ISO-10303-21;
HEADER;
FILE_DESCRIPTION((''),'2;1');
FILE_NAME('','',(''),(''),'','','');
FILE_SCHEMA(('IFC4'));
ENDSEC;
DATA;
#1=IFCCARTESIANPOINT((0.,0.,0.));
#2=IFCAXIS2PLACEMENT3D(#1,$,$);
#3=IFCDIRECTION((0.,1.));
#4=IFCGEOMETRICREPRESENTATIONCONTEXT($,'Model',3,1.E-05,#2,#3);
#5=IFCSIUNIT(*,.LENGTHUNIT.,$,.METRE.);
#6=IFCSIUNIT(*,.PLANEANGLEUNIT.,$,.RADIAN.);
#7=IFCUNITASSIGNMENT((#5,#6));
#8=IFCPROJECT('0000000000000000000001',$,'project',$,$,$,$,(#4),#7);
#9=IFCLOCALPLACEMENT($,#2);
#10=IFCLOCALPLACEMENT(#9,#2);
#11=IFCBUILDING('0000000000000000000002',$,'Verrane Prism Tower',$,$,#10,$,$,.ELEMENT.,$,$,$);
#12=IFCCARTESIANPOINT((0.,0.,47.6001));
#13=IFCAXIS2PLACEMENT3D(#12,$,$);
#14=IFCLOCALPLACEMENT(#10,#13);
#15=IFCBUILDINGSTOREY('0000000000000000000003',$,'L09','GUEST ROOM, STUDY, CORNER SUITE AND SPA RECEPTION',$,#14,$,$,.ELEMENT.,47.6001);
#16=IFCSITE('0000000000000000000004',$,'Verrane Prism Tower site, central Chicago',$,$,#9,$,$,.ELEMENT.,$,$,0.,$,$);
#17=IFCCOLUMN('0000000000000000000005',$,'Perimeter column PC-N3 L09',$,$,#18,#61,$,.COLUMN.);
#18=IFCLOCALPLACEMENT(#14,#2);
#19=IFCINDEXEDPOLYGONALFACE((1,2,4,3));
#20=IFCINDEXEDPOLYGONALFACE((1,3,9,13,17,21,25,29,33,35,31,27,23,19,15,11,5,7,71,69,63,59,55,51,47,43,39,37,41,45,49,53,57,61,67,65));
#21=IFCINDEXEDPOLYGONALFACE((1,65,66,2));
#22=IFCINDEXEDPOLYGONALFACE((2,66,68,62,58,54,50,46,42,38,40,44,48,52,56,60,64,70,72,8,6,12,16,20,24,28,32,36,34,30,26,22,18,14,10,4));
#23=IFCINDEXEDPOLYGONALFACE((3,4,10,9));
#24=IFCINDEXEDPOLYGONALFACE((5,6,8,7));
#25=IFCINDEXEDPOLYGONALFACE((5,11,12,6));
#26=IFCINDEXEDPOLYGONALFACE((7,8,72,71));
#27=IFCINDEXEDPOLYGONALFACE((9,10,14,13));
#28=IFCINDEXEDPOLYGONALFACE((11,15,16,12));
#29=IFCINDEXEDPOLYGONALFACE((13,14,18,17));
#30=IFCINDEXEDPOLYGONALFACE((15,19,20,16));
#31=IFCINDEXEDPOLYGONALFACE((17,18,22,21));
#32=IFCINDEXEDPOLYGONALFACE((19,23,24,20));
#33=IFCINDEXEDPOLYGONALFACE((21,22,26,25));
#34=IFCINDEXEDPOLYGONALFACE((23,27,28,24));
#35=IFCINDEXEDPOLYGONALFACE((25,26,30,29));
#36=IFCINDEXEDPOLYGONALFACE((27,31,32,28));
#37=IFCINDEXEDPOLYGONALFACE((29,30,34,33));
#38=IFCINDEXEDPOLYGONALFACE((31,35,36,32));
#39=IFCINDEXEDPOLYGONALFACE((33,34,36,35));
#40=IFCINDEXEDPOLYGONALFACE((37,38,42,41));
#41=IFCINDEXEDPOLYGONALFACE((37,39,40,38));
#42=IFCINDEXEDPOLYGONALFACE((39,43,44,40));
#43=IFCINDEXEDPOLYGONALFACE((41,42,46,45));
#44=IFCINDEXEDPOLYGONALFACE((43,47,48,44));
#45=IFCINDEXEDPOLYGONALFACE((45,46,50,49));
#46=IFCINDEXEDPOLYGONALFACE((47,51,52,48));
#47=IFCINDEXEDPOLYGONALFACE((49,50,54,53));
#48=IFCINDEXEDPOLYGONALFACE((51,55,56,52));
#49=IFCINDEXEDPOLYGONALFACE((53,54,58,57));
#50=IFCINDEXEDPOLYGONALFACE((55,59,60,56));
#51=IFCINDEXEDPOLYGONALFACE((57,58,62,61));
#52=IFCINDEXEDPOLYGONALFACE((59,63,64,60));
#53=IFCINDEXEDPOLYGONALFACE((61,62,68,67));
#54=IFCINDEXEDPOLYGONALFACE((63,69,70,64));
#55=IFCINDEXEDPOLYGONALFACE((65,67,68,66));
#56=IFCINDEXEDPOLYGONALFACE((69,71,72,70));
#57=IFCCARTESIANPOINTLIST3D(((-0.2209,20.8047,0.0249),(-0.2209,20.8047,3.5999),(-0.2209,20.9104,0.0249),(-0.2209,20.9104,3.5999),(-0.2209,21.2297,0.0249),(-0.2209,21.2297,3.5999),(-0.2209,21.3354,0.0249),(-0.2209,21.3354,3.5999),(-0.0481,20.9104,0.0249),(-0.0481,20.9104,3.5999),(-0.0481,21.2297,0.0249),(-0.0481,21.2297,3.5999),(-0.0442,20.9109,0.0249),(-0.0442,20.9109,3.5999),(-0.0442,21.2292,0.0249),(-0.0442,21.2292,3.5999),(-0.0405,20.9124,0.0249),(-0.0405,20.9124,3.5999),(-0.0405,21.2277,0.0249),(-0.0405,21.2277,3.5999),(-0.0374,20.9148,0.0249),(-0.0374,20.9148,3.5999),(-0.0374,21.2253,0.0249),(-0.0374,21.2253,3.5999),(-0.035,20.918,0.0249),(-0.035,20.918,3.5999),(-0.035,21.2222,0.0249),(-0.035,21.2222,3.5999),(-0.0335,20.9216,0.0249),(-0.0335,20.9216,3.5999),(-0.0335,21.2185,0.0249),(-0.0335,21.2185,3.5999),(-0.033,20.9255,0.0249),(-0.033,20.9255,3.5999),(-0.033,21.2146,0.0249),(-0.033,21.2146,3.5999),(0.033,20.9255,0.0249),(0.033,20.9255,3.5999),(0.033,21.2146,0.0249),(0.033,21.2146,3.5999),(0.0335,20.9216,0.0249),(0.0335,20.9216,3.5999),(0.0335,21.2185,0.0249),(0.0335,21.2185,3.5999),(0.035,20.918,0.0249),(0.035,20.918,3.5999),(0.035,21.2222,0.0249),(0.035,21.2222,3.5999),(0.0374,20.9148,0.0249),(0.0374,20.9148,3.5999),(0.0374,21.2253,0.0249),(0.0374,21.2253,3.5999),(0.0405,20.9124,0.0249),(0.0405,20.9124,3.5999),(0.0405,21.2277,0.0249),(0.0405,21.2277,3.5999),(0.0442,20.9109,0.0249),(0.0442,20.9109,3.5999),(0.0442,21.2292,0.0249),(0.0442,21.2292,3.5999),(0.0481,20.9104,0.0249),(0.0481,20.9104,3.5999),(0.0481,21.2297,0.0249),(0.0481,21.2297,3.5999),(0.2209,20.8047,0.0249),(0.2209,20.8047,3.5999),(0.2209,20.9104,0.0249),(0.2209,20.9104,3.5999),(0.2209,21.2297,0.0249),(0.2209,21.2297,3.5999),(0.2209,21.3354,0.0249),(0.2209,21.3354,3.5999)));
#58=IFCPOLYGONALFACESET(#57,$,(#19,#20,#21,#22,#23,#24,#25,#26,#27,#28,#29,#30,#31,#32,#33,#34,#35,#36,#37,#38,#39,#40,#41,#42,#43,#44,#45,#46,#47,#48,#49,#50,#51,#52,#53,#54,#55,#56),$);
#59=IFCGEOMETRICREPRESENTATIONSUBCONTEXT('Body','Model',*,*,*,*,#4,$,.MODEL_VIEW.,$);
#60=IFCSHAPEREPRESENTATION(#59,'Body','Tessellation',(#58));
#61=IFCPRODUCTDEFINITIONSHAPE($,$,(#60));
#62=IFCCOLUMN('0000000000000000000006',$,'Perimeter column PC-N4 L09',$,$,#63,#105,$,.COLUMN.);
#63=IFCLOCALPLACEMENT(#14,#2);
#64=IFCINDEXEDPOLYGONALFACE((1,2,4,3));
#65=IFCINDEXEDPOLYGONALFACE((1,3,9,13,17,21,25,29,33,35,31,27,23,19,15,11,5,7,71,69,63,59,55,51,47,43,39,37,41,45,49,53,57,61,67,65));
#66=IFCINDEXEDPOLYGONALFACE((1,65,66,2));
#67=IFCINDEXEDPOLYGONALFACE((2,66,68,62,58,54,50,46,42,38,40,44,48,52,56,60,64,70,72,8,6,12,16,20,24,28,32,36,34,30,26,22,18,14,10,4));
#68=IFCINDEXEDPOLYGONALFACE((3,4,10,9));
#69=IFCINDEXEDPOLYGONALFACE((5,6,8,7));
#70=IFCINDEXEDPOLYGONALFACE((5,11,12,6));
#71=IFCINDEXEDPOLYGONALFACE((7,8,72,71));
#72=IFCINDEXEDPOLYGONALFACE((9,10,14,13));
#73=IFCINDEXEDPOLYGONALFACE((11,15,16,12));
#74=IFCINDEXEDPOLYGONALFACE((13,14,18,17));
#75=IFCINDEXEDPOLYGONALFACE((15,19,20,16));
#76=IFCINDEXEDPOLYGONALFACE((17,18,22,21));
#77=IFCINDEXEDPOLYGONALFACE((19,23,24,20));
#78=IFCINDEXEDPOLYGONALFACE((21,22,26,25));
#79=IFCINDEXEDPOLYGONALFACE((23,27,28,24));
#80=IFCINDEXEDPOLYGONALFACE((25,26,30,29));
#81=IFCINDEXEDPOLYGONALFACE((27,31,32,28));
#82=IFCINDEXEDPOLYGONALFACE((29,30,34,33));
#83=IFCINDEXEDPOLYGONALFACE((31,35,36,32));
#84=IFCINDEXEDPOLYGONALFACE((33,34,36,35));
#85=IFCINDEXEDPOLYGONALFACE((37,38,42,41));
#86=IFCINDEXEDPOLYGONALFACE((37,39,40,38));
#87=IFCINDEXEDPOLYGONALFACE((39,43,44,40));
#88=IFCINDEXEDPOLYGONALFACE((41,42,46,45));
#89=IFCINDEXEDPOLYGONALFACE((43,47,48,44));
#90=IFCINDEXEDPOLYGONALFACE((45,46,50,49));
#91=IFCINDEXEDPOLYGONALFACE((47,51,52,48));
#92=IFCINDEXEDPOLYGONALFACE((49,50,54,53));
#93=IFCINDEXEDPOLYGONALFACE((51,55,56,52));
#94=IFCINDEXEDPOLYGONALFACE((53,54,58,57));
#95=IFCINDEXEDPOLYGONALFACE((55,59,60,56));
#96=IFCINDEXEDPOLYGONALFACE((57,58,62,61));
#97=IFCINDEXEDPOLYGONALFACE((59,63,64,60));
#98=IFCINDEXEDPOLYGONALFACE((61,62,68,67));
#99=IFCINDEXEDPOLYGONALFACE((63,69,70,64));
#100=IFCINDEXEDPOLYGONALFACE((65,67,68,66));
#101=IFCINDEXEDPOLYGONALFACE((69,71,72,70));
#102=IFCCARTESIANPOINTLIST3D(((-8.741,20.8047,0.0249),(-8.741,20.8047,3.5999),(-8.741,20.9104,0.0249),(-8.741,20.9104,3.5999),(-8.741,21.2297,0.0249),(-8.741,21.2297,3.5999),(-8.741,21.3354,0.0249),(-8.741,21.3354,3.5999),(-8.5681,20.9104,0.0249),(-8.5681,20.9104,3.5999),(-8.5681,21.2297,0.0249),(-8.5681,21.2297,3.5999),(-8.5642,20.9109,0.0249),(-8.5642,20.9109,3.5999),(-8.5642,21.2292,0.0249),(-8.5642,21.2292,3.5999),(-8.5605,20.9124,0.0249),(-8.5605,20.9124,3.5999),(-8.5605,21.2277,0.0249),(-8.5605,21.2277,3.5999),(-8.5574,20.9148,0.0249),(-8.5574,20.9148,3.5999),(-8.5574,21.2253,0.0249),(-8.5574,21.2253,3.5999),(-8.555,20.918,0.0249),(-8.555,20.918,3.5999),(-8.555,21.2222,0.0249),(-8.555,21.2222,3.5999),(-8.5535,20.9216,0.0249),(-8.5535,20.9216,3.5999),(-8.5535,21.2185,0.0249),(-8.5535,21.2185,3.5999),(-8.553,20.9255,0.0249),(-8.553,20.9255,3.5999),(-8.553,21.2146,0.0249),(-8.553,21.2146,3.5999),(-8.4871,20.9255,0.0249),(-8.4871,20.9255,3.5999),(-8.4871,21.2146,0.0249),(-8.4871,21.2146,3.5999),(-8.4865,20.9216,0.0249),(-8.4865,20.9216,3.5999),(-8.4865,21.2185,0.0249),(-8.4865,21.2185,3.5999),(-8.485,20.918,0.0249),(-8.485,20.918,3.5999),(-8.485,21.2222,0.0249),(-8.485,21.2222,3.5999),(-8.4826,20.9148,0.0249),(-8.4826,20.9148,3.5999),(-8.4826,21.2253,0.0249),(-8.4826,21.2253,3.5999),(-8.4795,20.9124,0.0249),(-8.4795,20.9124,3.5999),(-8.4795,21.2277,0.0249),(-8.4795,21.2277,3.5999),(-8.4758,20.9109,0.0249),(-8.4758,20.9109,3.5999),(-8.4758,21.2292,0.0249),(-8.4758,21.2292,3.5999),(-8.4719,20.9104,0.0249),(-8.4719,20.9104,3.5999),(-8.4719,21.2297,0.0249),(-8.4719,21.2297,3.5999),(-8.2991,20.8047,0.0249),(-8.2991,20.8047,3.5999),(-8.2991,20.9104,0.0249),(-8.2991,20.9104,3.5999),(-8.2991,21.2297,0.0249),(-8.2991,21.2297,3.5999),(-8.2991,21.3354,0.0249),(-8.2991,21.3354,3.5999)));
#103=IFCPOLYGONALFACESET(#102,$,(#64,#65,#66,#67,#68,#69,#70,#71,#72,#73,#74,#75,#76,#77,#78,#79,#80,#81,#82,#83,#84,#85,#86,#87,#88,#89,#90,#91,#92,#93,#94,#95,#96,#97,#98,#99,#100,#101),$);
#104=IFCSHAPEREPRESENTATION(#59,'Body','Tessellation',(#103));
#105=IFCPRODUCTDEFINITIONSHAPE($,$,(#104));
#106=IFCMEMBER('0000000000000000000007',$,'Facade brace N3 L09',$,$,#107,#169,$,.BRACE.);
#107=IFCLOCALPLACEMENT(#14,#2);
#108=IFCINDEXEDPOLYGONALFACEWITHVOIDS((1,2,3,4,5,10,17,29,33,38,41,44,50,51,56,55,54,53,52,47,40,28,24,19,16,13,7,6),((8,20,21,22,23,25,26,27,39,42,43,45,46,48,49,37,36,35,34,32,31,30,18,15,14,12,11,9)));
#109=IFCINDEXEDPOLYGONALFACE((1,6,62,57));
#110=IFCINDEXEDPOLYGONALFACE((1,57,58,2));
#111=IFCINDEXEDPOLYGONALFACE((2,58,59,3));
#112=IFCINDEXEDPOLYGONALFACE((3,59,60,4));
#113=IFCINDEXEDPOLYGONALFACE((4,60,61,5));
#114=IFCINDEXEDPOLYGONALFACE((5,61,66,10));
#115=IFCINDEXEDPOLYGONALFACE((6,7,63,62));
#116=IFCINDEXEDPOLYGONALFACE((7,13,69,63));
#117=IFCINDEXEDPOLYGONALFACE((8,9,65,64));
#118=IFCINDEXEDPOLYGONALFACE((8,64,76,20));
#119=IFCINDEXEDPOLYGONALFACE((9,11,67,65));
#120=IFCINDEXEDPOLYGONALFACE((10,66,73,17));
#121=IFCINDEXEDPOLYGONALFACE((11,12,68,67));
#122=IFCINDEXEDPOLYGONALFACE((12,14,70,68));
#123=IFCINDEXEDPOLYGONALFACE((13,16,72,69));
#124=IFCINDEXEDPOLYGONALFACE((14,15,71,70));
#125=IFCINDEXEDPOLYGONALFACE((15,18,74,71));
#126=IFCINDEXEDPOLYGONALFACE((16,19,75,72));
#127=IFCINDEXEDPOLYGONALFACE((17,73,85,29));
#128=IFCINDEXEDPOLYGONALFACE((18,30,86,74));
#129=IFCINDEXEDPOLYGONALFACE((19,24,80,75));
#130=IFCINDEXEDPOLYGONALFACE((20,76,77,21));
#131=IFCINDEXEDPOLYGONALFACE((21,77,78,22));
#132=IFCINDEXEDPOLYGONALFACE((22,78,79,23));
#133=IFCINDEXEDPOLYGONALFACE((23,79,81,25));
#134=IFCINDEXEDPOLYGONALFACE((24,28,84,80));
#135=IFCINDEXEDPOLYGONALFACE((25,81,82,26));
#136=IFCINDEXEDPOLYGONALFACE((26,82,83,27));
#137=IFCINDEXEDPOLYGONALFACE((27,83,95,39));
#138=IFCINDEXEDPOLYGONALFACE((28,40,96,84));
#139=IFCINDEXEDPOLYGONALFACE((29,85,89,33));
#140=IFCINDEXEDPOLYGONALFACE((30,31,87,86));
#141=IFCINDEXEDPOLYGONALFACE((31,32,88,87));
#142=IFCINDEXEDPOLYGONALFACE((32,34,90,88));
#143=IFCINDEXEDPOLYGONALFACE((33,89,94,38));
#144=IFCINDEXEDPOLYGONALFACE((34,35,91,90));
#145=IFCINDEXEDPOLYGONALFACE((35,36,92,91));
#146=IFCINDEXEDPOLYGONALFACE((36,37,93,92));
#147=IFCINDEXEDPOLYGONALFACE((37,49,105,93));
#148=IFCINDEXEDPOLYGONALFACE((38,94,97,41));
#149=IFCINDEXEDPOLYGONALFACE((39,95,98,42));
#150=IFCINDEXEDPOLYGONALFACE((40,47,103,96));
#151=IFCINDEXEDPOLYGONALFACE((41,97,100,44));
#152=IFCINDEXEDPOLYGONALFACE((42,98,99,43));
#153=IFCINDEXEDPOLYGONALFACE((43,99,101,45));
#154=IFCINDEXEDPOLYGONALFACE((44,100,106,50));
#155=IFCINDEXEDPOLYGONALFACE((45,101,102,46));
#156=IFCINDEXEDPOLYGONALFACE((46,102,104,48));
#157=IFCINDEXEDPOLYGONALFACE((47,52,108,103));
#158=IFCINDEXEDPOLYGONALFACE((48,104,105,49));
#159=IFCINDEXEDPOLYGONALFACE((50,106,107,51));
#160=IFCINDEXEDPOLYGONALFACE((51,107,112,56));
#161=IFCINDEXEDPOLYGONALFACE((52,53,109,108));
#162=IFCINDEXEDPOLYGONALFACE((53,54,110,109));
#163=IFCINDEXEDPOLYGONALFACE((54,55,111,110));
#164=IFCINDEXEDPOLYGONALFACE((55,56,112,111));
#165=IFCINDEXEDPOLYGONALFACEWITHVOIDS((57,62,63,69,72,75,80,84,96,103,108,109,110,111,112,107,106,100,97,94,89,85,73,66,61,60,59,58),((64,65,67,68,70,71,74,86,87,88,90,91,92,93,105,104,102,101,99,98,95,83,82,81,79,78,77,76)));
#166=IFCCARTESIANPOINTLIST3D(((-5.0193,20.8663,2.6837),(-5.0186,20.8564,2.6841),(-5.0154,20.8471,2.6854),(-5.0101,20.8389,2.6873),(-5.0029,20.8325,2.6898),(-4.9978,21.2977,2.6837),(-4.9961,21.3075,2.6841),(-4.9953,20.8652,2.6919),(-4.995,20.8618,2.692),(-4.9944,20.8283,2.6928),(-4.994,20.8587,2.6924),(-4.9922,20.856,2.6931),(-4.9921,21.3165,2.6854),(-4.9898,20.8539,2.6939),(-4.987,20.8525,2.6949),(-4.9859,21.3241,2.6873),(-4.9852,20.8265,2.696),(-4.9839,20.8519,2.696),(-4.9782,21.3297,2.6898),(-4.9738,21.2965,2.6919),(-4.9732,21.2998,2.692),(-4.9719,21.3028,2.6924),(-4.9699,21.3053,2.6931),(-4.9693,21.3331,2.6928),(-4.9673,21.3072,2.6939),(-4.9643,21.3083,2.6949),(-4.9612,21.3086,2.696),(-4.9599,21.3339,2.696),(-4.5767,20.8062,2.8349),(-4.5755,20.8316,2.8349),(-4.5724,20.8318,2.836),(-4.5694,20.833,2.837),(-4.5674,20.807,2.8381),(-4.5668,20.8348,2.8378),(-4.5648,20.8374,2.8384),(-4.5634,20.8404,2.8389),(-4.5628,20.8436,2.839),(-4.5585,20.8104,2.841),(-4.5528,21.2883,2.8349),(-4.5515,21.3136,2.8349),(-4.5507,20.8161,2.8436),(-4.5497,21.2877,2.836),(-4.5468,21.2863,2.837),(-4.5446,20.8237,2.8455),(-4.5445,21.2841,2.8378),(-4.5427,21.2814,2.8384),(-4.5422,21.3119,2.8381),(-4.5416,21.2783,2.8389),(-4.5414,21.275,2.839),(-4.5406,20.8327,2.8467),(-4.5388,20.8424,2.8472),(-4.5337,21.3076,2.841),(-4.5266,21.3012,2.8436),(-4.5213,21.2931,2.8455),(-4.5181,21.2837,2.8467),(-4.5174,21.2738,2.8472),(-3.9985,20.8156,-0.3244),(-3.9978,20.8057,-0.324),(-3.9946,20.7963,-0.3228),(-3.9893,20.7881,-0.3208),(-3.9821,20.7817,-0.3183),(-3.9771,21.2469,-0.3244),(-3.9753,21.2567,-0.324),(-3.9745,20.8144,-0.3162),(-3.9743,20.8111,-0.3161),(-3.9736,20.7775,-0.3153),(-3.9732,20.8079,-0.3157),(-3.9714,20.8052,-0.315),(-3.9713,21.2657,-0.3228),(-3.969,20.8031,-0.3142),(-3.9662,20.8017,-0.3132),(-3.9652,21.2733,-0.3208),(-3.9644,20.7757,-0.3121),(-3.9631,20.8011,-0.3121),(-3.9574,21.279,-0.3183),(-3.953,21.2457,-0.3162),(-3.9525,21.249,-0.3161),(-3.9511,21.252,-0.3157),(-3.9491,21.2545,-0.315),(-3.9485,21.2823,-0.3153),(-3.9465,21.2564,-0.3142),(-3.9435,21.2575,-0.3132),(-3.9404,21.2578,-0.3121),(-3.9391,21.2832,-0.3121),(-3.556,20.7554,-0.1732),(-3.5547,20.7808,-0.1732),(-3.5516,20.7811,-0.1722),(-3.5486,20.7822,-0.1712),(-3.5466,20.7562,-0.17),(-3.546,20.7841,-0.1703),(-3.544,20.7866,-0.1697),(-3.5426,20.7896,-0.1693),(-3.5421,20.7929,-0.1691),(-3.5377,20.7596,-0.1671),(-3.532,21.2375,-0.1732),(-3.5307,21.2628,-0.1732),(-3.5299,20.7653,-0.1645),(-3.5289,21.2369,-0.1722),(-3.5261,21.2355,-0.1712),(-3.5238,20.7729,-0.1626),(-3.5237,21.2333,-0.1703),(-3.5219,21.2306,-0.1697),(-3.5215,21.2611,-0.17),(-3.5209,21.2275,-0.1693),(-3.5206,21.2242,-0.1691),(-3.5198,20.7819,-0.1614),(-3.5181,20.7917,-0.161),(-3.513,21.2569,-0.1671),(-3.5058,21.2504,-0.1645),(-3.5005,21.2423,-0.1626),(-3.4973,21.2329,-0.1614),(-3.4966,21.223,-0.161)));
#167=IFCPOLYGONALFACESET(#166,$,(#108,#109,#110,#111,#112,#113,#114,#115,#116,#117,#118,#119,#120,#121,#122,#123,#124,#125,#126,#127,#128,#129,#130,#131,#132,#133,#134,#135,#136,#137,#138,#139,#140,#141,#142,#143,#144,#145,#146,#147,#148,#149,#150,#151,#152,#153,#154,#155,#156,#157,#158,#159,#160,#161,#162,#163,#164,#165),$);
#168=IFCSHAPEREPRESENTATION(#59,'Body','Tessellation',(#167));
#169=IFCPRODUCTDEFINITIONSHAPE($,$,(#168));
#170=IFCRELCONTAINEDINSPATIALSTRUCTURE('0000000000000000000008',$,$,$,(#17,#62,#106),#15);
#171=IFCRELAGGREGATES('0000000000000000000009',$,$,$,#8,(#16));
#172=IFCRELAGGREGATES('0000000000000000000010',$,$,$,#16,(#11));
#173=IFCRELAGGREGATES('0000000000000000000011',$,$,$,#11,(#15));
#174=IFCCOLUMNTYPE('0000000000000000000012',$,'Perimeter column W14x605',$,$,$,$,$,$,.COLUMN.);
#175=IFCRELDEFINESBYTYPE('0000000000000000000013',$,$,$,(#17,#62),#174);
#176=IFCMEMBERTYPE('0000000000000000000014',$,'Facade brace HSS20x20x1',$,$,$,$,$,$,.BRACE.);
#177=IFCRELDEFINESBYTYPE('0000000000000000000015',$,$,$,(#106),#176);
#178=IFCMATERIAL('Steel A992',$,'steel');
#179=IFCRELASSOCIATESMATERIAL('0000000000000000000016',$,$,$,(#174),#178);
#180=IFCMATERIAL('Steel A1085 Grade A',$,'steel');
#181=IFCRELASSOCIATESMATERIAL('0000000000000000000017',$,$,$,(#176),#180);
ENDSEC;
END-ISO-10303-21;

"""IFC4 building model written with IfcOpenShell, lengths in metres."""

from ifc_helpers import new_model, si_unit, direction, frame, origin, origin_2d, place, context, subcontext, project, spatial, hollow_rectangle, i_section, extrude, material, material_profile, profile_set, type_object, element, save


model = new_model("IFC4")

# Units and contexts
model_context = context("Model", 3, precision=1e-05, world=origin(), true_north=direction((0.0, 1.0)))
body_context = subcontext(model_context, "Body", "Model", "MODEL_VIEW")
ifc_project = project(units=[si_unit("LENGTHUNIT", "METRE"), si_unit("PLANEANGLEUNIT", "RADIAN")], contexts=[model_context])

# Site, building, storey
site_placement = place(None, origin())
site = spatial("IfcSite", under=ifc_project, at=site_placement, Name="Verrane Prism Tower site, central Chicago", CompositionType="ELEMENT", RefElevation=0.0)
building_placement = place(site_placement, origin())
building = spatial("IfcBuilding", under=site, at=building_placement, Name="Verrane Prism Tower", CompositionType="ELEMENT")
storey_placement = place(building_placement, frame((0.0, 0.0, 47.6001)))
storey = spatial("IfcBuildingStorey", under=building, at=storey_placement, Name="L09", Description="GUEST ROOM, STUDY, CORNER SUITE AND SPA RECEPTION", CompositionType="ELEMENT", Elevation=47.6001)

# Columns
ifc_material_1 = material(Name="Steel A992", Category="steel")
ifc_material_profile_1 = material_profile(ifc_material_1, i_section(OverallWidth=0.4419, OverallDepth=0.5308, WebThickness=0.0659, FlangeThickness=0.1057, FilletRadius=0.0151, at=origin_2d()), Name="W14x605")
ifc_profile_set_1 = profile_set([ifc_material_profile_1], Name="Steel A992")
column_type = type_object("IfcColumnType", Name="Perimeter column W14x605", PredefinedType="COLUMN", material=ifc_profile_set_1)
for number, where, z_axis, x_axis, name in (
    (1, (0.0, 21.0701, 0.0249), (0.0, 0.0, 1.0), (1.0, 0.0, 0.0), "Perimeter column PC-N3 L09"),
    (2, (-8.52, 21.0701, 0.0249), (0.0, 0.0, 1.0), (1.0, 0.0, 0.0), "Perimeter column PC-N4 L09"),
):
    element("IfcColumn", number, at=place(storey_placement, frame(where, z_axis=z_axis, x_axis=x_axis)), inside=storey, type_object=column_type, Name=name, PredefinedType="COLUMN", context=body_context, shape_type="SweptSolid", body=[
        extrude(i_section(OverallWidth=0.4419, OverallDepth=0.5308, WebThickness=0.0659, FlangeThickness=0.1057, FilletRadius=0.0151, at=origin_2d()), origin(), (0.0, 0.0, 1.0), 3.575),
    ])

# Member
ifc_material_2 = material(Name="Steel A1085 Grade A", Category="steel")
ifc_material_profile_2 = material_profile(ifc_material_2, hollow_rectangle(XDim=0.5081, YDim=0.5081, WallThickness=0.0254, InnerFilletRadius=0.0127, OuterFilletRadius=0.0381, at=origin_2d()), Name="HSS20x20x1")
ifc_profile_set_2 = profile_set([ifc_material_profile_2], Name="Steel A1085 Grade A")
member_type_1 = type_object("IfcMemberType", Name="Facade brace HSS20x20x1", PredefinedType="BRACE", material=ifc_profile_set_2)
member_1_placement = place(storey_placement, frame((-3.7476, 21.0193, -0.2427), z_axis=(-0.321301, 0.015984, 0.946842), x_axis=(-0.049687, -0.998765, 0.0)))
element("IfcMember", 3, at=member_1_placement, inside=storey, type_object=member_type_1, Name="Facade brace N3 L09", PredefinedType="BRACE", context=body_context, shape_type="SweptSolid", body=[
    extrude(hollow_rectangle(XDim=0.5081, YDim=0.5081, WallThickness=0.0254, InnerFilletRadius=0.0127, OuterFilletRadius=0.0381, at=origin_2d()), origin(), (0.0, 0.0, 1.0), 3.177),
])

save(model, "model.ifc")
